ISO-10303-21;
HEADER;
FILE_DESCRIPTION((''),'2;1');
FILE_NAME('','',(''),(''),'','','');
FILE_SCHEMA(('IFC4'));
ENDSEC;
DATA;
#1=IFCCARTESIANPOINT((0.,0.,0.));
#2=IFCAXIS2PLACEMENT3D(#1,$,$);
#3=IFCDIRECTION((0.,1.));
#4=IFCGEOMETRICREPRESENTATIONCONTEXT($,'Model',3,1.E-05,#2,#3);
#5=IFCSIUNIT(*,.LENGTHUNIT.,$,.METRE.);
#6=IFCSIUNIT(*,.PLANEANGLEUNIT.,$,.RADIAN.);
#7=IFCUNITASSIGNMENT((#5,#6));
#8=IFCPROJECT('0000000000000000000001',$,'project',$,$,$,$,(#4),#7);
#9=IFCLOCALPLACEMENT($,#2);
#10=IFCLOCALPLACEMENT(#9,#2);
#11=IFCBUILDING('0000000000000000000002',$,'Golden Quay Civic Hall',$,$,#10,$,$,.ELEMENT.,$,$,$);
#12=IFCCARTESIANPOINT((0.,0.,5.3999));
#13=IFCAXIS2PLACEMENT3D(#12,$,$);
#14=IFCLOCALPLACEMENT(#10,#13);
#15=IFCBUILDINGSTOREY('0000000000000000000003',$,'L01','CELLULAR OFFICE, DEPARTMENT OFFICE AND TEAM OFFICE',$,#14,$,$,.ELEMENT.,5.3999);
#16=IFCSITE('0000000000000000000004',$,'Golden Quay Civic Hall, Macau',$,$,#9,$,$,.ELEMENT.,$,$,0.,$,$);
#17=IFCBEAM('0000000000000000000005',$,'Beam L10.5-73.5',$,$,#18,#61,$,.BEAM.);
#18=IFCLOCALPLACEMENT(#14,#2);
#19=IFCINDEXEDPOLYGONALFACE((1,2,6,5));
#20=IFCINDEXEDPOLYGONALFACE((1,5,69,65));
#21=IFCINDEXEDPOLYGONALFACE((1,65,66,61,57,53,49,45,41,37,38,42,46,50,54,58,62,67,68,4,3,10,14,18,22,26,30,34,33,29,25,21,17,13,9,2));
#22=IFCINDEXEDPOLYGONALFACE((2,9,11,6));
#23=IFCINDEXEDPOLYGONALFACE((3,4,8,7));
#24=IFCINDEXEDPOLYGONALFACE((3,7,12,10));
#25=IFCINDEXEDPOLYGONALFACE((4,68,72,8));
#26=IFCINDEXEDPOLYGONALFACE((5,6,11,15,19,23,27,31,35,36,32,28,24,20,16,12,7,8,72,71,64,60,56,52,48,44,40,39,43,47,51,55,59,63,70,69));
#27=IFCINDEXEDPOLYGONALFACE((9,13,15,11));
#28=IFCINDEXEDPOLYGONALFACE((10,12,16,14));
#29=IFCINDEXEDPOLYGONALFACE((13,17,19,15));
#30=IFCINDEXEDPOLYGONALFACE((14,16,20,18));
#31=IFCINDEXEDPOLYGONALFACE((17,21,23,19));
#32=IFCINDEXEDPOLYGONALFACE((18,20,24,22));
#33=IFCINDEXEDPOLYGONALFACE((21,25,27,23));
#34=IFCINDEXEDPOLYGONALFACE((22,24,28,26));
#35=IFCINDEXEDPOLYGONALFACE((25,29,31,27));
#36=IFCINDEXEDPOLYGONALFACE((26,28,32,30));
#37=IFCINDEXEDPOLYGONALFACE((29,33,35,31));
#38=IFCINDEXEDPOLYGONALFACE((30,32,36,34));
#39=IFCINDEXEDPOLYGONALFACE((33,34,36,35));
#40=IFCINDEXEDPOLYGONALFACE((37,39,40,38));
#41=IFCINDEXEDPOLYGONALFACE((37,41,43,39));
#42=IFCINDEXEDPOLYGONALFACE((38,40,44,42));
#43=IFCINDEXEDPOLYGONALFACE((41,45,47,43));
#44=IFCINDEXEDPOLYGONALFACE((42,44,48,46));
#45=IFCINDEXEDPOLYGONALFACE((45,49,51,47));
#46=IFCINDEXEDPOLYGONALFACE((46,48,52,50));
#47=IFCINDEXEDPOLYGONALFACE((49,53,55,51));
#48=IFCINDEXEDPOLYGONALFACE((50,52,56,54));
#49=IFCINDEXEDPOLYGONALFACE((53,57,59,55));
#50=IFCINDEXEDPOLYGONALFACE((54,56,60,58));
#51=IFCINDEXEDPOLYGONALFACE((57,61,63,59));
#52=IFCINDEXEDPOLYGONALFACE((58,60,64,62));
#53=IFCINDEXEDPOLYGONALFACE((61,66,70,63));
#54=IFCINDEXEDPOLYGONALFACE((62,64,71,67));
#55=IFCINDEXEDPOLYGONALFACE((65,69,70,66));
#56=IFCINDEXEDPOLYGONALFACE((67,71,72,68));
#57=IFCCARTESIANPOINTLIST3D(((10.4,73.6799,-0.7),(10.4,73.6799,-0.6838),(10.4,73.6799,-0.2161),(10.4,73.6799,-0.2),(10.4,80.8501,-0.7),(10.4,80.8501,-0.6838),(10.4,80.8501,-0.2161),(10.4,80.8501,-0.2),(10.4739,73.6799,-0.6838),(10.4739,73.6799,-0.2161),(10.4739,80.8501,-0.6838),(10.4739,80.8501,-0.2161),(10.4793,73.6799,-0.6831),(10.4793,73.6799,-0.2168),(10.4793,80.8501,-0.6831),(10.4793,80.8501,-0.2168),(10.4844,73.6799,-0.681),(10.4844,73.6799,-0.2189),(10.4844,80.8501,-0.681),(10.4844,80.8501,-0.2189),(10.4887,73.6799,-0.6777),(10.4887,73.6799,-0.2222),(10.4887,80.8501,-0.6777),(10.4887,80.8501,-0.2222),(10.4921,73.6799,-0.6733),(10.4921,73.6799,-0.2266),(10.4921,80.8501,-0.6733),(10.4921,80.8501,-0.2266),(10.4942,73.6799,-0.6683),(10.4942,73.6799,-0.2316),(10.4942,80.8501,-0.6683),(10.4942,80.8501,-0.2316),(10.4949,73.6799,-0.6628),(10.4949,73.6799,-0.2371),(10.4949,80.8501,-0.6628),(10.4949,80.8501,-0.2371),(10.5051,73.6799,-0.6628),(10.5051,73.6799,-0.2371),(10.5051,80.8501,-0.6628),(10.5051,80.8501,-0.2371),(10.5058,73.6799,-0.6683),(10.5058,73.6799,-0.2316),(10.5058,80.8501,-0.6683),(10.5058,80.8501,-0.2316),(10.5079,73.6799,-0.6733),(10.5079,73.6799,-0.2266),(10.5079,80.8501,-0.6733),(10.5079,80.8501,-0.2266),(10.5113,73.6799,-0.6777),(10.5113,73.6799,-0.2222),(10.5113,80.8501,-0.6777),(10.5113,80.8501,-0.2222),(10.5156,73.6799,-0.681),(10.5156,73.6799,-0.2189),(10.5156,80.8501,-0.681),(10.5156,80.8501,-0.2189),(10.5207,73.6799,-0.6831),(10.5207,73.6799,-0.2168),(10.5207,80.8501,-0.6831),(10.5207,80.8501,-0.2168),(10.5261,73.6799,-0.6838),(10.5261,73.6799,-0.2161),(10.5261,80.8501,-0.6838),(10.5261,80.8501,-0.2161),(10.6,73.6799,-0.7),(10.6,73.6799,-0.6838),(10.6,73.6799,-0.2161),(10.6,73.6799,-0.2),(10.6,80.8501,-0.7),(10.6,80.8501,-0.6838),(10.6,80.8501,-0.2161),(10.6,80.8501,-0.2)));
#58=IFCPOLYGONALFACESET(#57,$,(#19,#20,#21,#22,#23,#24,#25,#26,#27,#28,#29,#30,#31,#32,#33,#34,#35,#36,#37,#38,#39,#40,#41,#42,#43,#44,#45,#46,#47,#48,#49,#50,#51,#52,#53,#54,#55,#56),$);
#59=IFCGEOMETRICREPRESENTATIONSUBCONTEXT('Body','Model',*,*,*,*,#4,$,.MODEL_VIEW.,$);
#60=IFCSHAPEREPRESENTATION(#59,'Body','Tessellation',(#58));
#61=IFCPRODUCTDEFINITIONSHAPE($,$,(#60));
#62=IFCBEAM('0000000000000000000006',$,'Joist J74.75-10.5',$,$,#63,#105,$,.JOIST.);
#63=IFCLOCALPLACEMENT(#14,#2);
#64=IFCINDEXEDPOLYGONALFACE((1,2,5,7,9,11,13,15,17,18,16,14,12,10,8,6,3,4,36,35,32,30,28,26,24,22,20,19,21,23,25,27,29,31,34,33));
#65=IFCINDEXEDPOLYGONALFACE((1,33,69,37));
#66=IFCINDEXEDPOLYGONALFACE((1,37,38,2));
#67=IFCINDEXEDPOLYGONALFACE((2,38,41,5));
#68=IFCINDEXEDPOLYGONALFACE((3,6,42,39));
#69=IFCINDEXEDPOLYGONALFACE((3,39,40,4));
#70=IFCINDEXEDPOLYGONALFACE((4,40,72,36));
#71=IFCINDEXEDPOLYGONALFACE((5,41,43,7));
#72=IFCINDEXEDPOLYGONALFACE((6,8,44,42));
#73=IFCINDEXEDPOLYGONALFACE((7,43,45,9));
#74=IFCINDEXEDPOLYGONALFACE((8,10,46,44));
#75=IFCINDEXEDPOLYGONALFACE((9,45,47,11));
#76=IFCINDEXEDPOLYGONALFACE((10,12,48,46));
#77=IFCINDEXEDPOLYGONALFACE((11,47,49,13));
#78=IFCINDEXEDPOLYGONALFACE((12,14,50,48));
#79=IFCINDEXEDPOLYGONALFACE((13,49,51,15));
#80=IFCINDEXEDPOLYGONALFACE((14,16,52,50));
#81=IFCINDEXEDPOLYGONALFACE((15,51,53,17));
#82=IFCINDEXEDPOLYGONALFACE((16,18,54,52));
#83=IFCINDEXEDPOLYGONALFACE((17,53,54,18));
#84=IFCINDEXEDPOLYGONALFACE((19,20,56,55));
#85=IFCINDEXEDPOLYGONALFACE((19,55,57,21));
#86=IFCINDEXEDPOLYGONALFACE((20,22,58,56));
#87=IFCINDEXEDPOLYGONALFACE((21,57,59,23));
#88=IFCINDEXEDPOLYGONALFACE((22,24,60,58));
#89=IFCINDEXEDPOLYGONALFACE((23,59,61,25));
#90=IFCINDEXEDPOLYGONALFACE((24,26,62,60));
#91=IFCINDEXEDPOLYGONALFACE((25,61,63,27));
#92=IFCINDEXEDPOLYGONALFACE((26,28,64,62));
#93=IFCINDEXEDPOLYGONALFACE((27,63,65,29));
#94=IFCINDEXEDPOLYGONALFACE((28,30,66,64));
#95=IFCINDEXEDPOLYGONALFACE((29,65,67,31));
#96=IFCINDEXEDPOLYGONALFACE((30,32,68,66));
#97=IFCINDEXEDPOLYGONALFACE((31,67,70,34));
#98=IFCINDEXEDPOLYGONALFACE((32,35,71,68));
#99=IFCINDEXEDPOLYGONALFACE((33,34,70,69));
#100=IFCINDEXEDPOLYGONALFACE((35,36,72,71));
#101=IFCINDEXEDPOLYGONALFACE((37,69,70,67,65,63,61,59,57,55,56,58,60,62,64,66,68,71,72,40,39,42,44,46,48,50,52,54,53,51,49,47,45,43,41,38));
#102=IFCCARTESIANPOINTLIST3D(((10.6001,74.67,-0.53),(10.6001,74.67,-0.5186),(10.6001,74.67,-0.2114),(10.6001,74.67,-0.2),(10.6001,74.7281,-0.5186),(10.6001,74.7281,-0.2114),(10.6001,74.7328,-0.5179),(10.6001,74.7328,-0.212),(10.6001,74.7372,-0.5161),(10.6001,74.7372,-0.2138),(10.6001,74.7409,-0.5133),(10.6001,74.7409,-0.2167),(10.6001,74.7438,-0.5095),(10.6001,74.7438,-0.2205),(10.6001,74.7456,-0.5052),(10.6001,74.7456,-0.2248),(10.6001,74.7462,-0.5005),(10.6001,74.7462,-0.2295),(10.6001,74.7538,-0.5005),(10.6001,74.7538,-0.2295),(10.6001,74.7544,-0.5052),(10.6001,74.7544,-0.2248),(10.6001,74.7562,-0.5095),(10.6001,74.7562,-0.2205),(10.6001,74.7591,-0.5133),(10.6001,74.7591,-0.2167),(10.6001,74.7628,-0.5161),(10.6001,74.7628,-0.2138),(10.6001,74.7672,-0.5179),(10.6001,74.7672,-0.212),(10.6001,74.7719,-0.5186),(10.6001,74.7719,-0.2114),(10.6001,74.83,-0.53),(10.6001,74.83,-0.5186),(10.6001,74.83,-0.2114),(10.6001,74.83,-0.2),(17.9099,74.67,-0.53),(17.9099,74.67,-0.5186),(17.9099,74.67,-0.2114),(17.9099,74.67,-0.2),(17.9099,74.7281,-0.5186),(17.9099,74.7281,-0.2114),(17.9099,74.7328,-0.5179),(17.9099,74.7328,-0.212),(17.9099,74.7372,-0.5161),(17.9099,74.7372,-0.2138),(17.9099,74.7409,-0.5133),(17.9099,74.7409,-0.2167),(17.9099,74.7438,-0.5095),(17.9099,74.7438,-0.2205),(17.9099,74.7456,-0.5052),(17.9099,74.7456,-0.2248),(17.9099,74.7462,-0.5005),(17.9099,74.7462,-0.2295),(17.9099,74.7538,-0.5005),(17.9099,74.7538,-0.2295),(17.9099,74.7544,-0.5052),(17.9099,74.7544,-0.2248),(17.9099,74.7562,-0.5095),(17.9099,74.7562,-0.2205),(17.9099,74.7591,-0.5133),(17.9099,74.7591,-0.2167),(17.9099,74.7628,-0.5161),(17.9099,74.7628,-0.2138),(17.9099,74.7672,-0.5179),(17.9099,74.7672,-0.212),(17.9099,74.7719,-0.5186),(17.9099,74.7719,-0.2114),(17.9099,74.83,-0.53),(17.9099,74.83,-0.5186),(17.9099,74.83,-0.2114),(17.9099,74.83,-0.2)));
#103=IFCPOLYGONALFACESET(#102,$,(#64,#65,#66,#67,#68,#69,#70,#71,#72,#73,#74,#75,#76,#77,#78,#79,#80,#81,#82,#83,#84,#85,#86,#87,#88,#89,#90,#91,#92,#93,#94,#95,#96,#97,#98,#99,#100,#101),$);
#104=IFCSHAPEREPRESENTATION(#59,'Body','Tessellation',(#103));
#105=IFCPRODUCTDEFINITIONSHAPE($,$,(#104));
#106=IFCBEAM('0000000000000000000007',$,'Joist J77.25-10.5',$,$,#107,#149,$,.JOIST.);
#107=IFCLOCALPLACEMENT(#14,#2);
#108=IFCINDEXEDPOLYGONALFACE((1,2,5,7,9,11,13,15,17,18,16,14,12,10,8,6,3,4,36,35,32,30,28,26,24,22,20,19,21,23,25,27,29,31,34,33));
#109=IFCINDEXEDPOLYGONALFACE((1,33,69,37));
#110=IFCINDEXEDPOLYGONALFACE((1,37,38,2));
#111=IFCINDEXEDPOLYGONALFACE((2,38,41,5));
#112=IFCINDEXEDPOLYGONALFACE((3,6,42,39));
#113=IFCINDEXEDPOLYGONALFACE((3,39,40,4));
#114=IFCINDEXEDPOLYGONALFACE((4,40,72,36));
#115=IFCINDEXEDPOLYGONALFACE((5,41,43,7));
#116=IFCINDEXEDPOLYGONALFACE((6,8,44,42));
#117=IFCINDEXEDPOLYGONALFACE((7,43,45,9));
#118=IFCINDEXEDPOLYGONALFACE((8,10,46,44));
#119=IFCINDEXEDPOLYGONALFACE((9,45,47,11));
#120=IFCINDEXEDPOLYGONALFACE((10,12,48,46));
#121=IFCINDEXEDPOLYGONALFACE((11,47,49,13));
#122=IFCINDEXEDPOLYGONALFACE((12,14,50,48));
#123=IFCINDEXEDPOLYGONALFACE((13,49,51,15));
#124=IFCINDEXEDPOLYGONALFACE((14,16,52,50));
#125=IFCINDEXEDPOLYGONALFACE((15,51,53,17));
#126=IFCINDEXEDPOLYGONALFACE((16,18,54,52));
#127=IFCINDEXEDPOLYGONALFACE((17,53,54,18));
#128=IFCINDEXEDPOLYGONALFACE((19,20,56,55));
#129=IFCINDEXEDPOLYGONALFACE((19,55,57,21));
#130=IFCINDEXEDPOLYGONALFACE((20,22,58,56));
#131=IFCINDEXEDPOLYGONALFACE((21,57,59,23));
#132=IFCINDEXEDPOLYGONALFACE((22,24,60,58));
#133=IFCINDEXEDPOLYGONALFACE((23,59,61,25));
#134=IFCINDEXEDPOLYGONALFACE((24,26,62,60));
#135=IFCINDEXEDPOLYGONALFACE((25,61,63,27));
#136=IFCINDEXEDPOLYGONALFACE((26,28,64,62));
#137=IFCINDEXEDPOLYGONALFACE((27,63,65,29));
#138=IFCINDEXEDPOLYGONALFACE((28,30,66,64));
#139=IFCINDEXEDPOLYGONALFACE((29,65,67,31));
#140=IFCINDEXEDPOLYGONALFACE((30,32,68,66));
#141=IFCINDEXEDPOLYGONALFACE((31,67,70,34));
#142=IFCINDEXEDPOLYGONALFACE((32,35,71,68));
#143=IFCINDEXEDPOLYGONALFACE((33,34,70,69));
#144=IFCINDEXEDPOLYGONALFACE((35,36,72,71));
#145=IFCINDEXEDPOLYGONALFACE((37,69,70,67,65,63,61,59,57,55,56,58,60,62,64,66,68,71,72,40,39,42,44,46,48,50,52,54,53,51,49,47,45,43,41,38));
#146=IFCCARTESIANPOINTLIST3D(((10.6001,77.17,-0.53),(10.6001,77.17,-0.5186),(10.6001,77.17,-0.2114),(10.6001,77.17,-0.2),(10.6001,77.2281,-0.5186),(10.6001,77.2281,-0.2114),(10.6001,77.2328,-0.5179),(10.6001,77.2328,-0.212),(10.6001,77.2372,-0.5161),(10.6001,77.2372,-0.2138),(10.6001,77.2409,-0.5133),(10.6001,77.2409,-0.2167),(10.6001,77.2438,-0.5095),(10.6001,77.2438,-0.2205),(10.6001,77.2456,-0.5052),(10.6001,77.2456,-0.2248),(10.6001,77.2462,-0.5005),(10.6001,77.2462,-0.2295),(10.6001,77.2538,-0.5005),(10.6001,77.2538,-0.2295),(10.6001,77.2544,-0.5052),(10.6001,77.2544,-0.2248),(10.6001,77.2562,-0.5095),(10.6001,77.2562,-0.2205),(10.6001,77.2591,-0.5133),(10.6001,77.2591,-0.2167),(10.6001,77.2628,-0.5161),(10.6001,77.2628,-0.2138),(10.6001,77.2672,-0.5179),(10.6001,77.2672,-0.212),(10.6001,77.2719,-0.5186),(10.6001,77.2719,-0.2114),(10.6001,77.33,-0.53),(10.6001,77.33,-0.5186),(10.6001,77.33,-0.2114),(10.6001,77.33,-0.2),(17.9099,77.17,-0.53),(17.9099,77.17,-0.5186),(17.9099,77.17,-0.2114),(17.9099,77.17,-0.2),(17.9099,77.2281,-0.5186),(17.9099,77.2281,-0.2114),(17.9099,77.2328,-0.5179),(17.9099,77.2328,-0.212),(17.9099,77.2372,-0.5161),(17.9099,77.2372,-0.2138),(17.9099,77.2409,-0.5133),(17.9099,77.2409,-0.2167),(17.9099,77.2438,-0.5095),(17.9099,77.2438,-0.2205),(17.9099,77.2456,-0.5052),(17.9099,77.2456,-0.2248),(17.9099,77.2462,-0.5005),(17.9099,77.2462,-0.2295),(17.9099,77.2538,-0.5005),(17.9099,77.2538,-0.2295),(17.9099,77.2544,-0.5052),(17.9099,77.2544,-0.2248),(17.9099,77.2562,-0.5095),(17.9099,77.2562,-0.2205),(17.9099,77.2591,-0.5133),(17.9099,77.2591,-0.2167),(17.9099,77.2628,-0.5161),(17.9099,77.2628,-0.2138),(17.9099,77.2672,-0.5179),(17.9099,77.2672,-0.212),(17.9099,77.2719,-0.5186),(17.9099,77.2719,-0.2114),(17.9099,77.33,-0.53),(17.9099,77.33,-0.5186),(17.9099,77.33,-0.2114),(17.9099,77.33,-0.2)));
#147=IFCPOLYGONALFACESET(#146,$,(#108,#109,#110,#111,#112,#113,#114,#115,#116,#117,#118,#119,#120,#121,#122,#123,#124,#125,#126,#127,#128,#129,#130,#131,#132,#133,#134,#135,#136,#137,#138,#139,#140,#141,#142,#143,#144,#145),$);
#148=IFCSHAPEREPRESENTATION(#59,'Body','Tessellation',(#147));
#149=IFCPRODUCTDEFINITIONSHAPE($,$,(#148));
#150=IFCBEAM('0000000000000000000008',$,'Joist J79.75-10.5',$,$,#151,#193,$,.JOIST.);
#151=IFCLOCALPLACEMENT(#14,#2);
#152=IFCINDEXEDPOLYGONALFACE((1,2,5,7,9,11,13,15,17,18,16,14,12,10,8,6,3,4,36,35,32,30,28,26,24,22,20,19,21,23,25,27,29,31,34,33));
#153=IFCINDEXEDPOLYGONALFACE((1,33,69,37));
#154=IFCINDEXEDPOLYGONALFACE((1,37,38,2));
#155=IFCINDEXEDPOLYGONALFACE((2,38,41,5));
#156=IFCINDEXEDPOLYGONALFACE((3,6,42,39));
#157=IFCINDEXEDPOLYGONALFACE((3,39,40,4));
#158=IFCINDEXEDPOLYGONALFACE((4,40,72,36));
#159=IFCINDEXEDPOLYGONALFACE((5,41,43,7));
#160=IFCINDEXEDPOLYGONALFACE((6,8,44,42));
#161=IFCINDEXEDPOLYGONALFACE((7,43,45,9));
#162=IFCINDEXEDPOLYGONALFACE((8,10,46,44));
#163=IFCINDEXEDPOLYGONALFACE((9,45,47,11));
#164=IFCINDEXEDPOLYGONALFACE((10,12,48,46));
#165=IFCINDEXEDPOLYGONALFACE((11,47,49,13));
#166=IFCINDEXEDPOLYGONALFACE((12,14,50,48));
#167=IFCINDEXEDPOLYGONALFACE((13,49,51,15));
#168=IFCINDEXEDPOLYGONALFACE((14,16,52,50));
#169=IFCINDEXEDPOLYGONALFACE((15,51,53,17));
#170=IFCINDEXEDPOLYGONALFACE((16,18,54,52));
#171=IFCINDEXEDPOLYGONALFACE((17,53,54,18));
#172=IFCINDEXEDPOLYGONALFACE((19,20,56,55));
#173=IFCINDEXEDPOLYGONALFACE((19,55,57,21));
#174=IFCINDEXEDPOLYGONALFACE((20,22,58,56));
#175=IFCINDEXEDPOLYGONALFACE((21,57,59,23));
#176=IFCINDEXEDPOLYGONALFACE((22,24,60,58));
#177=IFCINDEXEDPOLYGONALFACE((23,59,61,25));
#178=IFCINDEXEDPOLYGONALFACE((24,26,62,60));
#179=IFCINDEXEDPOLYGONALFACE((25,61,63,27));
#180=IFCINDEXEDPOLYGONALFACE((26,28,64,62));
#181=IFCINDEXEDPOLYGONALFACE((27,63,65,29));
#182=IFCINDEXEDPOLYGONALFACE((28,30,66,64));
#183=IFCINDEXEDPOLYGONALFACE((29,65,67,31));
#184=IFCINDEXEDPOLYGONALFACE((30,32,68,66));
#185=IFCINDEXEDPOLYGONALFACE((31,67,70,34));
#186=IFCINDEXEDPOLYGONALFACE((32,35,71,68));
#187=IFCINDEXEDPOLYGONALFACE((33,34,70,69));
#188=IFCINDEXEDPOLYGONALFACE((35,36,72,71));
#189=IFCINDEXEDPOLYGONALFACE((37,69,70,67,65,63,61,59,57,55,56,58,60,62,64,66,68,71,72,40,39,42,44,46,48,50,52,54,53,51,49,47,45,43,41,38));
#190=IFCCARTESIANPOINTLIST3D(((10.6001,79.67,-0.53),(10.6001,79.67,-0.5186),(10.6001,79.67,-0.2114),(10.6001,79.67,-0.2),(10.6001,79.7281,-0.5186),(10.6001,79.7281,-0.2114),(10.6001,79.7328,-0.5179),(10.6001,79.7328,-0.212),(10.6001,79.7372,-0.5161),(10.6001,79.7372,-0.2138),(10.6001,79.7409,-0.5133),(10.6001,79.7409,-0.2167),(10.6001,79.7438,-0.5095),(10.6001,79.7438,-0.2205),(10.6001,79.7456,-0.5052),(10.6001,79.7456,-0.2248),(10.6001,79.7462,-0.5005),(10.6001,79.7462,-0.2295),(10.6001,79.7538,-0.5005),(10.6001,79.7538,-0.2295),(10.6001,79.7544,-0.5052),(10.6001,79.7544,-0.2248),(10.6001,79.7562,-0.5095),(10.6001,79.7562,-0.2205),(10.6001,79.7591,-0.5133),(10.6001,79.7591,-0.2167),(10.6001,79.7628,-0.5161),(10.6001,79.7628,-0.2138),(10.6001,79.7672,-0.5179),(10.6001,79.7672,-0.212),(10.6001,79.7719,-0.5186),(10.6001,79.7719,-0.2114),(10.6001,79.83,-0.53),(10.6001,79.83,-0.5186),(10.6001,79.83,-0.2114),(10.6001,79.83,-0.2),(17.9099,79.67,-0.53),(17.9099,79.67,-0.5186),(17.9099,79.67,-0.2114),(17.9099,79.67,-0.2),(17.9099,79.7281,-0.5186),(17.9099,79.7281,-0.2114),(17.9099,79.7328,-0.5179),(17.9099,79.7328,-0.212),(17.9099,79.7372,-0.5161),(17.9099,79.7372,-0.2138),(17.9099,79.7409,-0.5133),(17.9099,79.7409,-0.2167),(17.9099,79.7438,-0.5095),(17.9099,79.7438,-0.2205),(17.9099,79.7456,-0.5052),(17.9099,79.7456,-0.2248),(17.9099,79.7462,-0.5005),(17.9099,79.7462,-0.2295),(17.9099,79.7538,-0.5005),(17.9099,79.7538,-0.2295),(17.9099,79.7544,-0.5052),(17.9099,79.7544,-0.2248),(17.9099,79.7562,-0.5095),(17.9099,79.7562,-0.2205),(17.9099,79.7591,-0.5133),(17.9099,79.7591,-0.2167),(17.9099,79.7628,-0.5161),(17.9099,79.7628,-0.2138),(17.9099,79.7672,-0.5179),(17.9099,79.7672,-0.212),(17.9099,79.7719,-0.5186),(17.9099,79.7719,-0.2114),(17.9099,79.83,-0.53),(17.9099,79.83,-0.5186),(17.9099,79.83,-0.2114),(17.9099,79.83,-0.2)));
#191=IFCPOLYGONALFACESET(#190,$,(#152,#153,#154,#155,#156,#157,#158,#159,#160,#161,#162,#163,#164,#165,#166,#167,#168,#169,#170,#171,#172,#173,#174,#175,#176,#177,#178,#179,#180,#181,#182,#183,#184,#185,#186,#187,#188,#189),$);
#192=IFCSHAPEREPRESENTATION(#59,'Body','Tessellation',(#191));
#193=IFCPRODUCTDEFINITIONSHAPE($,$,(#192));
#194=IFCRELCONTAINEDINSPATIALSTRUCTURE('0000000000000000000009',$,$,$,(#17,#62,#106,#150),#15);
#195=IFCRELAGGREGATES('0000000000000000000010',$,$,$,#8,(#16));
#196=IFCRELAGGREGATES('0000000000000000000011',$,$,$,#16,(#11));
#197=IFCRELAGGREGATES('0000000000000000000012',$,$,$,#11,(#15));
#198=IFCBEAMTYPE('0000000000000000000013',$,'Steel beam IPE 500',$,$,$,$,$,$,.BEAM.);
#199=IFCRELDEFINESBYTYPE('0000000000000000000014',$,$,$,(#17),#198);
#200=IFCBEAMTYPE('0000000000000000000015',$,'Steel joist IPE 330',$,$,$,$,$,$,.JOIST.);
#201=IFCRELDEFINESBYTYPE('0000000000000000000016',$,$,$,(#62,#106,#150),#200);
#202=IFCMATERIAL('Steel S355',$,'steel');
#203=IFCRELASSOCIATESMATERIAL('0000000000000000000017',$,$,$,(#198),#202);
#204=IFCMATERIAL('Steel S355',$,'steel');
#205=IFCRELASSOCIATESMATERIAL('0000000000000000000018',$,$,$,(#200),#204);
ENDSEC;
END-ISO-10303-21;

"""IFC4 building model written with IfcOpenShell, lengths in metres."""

from ifc_helpers import new_model, si_unit, direction, frame, origin, origin_2d, place, context, subcontext, project, spatial, i_section, extrude, material, material_profile, profile_set, type_object, element, save


model = new_model("IFC4")

# Units and contexts
model_context = context("Model", 3, precision=1e-05, world=origin(), true_north=direction((0.0, 1.0)))
body_context = subcontext(model_context, "Body", "Model", "MODEL_VIEW")
ifc_project = project(units=[si_unit("LENGTHUNIT", "METRE"), si_unit("PLANEANGLEUNIT", "RADIAN")], contexts=[model_context])

# Site, building, storey
site_placement = place(None, origin())
site = spatial("IfcSite", under=ifc_project, at=site_placement, Name="Golden Quay Civic Hall, Macau", CompositionType="ELEMENT", RefElevation=0.0)
building_placement = place(site_placement, origin())
building = spatial("IfcBuilding", under=site, at=building_placement, Name="Golden Quay Civic Hall", CompositionType="ELEMENT")
storey_placement = place(building_placement, frame((0.0, 0.0, 5.3999)))
storey = spatial("IfcBuildingStorey", under=building, at=storey_placement, Name="L01", Description="CELLULAR OFFICE, DEPARTMENT OFFICE AND TEAM OFFICE", CompositionType="ELEMENT", Elevation=5.3999)

# Beams
ifc_material_1 = material(Name="Steel S355", Category="steel")
ifc_material_profile_1 = material_profile(ifc_material_1, i_section(OverallWidth=0.2, OverallDepth=0.5, WebThickness=0.0103, FlangeThickness=0.0161, FilletRadius=0.021, at=origin_2d()), Name="IPE 500")
ifc_profile_set_1 = profile_set([ifc_material_profile_1], Name="Steel S355")
beam_type_1 = type_object("IfcBeamType", Name="Steel beam IPE 500", PredefinedType="BEAM", material=ifc_profile_set_1)
beam_1_placement = place(storey_placement, frame((10.5, 73.6799, -0.45), z_axis=(0.0, 1.0, 0.0), x_axis=(-1.0, 0.0, 0.0)))
element("IfcBeam", 1, at=beam_1_placement, inside=storey, type_object=beam_type_1, Name="Beam L10.5-73.5", PredefinedType="BEAM", context=body_context, shape_type="SweptSolid", body=[
    extrude(i_section(OverallWidth=0.2, OverallDepth=0.5, WebThickness=0.0103, FlangeThickness=0.0161, FilletRadius=0.021, at=origin_2d()), origin(), (0.0, 0.0, 1.0), 7.1702),
])
ifc_material_2 = material(Name="Steel S355", Category="steel")
ifc_material_profile_2 = material_profile(ifc_material_2, i_section(OverallWidth=0.1599, OverallDepth=0.3301, WebThickness=0.0076, FlangeThickness=0.0115, FilletRadius=0.0181, at=origin_2d()), Name="IPE 330")
ifc_profile_set_2 = profile_set([ifc_material_profile_2], Name="Steel S355")
beam_type_2 = type_object("IfcBeamType", Name="Steel joist IPE 330", PredefinedType="JOIST", material=ifc_profile_set_2)
for number, where, z_axis, x_axis, name in (
    (2, (10.6001, 74.75, -0.365), (1.0, 0.0, 0.0), (0.0, 1.0, 0.0), "Joist J74.75-10.5"),
    (3, (10.6001, 77.25, -0.365), (1.0, 0.0, 0.0), (0.0, 1.0, 0.0), "Joist J77.25-10.5"),
    (4, (10.6001, 79.75, -0.365), (1.0, 0.0, 0.0), (0.0, 1.0, 0.0), "Joist J79.75-10.5"),
):
    element("IfcBeam", number, at=place(storey_placement, frame(where, z_axis=z_axis, x_axis=x_axis)), inside=storey, type_object=beam_type_2, Name=name, PredefinedType="JOIST", context=body_context, shape_type="SweptSolid", body=[
        extrude(i_section(OverallWidth=0.1599, OverallDepth=0.3301, WebThickness=0.0076, FlangeThickness=0.0115, FilletRadius=0.0181, at=origin_2d()), origin(), (0.0, 0.0, 1.0), 7.3098),
    ])

save(model, "model.ifc")
